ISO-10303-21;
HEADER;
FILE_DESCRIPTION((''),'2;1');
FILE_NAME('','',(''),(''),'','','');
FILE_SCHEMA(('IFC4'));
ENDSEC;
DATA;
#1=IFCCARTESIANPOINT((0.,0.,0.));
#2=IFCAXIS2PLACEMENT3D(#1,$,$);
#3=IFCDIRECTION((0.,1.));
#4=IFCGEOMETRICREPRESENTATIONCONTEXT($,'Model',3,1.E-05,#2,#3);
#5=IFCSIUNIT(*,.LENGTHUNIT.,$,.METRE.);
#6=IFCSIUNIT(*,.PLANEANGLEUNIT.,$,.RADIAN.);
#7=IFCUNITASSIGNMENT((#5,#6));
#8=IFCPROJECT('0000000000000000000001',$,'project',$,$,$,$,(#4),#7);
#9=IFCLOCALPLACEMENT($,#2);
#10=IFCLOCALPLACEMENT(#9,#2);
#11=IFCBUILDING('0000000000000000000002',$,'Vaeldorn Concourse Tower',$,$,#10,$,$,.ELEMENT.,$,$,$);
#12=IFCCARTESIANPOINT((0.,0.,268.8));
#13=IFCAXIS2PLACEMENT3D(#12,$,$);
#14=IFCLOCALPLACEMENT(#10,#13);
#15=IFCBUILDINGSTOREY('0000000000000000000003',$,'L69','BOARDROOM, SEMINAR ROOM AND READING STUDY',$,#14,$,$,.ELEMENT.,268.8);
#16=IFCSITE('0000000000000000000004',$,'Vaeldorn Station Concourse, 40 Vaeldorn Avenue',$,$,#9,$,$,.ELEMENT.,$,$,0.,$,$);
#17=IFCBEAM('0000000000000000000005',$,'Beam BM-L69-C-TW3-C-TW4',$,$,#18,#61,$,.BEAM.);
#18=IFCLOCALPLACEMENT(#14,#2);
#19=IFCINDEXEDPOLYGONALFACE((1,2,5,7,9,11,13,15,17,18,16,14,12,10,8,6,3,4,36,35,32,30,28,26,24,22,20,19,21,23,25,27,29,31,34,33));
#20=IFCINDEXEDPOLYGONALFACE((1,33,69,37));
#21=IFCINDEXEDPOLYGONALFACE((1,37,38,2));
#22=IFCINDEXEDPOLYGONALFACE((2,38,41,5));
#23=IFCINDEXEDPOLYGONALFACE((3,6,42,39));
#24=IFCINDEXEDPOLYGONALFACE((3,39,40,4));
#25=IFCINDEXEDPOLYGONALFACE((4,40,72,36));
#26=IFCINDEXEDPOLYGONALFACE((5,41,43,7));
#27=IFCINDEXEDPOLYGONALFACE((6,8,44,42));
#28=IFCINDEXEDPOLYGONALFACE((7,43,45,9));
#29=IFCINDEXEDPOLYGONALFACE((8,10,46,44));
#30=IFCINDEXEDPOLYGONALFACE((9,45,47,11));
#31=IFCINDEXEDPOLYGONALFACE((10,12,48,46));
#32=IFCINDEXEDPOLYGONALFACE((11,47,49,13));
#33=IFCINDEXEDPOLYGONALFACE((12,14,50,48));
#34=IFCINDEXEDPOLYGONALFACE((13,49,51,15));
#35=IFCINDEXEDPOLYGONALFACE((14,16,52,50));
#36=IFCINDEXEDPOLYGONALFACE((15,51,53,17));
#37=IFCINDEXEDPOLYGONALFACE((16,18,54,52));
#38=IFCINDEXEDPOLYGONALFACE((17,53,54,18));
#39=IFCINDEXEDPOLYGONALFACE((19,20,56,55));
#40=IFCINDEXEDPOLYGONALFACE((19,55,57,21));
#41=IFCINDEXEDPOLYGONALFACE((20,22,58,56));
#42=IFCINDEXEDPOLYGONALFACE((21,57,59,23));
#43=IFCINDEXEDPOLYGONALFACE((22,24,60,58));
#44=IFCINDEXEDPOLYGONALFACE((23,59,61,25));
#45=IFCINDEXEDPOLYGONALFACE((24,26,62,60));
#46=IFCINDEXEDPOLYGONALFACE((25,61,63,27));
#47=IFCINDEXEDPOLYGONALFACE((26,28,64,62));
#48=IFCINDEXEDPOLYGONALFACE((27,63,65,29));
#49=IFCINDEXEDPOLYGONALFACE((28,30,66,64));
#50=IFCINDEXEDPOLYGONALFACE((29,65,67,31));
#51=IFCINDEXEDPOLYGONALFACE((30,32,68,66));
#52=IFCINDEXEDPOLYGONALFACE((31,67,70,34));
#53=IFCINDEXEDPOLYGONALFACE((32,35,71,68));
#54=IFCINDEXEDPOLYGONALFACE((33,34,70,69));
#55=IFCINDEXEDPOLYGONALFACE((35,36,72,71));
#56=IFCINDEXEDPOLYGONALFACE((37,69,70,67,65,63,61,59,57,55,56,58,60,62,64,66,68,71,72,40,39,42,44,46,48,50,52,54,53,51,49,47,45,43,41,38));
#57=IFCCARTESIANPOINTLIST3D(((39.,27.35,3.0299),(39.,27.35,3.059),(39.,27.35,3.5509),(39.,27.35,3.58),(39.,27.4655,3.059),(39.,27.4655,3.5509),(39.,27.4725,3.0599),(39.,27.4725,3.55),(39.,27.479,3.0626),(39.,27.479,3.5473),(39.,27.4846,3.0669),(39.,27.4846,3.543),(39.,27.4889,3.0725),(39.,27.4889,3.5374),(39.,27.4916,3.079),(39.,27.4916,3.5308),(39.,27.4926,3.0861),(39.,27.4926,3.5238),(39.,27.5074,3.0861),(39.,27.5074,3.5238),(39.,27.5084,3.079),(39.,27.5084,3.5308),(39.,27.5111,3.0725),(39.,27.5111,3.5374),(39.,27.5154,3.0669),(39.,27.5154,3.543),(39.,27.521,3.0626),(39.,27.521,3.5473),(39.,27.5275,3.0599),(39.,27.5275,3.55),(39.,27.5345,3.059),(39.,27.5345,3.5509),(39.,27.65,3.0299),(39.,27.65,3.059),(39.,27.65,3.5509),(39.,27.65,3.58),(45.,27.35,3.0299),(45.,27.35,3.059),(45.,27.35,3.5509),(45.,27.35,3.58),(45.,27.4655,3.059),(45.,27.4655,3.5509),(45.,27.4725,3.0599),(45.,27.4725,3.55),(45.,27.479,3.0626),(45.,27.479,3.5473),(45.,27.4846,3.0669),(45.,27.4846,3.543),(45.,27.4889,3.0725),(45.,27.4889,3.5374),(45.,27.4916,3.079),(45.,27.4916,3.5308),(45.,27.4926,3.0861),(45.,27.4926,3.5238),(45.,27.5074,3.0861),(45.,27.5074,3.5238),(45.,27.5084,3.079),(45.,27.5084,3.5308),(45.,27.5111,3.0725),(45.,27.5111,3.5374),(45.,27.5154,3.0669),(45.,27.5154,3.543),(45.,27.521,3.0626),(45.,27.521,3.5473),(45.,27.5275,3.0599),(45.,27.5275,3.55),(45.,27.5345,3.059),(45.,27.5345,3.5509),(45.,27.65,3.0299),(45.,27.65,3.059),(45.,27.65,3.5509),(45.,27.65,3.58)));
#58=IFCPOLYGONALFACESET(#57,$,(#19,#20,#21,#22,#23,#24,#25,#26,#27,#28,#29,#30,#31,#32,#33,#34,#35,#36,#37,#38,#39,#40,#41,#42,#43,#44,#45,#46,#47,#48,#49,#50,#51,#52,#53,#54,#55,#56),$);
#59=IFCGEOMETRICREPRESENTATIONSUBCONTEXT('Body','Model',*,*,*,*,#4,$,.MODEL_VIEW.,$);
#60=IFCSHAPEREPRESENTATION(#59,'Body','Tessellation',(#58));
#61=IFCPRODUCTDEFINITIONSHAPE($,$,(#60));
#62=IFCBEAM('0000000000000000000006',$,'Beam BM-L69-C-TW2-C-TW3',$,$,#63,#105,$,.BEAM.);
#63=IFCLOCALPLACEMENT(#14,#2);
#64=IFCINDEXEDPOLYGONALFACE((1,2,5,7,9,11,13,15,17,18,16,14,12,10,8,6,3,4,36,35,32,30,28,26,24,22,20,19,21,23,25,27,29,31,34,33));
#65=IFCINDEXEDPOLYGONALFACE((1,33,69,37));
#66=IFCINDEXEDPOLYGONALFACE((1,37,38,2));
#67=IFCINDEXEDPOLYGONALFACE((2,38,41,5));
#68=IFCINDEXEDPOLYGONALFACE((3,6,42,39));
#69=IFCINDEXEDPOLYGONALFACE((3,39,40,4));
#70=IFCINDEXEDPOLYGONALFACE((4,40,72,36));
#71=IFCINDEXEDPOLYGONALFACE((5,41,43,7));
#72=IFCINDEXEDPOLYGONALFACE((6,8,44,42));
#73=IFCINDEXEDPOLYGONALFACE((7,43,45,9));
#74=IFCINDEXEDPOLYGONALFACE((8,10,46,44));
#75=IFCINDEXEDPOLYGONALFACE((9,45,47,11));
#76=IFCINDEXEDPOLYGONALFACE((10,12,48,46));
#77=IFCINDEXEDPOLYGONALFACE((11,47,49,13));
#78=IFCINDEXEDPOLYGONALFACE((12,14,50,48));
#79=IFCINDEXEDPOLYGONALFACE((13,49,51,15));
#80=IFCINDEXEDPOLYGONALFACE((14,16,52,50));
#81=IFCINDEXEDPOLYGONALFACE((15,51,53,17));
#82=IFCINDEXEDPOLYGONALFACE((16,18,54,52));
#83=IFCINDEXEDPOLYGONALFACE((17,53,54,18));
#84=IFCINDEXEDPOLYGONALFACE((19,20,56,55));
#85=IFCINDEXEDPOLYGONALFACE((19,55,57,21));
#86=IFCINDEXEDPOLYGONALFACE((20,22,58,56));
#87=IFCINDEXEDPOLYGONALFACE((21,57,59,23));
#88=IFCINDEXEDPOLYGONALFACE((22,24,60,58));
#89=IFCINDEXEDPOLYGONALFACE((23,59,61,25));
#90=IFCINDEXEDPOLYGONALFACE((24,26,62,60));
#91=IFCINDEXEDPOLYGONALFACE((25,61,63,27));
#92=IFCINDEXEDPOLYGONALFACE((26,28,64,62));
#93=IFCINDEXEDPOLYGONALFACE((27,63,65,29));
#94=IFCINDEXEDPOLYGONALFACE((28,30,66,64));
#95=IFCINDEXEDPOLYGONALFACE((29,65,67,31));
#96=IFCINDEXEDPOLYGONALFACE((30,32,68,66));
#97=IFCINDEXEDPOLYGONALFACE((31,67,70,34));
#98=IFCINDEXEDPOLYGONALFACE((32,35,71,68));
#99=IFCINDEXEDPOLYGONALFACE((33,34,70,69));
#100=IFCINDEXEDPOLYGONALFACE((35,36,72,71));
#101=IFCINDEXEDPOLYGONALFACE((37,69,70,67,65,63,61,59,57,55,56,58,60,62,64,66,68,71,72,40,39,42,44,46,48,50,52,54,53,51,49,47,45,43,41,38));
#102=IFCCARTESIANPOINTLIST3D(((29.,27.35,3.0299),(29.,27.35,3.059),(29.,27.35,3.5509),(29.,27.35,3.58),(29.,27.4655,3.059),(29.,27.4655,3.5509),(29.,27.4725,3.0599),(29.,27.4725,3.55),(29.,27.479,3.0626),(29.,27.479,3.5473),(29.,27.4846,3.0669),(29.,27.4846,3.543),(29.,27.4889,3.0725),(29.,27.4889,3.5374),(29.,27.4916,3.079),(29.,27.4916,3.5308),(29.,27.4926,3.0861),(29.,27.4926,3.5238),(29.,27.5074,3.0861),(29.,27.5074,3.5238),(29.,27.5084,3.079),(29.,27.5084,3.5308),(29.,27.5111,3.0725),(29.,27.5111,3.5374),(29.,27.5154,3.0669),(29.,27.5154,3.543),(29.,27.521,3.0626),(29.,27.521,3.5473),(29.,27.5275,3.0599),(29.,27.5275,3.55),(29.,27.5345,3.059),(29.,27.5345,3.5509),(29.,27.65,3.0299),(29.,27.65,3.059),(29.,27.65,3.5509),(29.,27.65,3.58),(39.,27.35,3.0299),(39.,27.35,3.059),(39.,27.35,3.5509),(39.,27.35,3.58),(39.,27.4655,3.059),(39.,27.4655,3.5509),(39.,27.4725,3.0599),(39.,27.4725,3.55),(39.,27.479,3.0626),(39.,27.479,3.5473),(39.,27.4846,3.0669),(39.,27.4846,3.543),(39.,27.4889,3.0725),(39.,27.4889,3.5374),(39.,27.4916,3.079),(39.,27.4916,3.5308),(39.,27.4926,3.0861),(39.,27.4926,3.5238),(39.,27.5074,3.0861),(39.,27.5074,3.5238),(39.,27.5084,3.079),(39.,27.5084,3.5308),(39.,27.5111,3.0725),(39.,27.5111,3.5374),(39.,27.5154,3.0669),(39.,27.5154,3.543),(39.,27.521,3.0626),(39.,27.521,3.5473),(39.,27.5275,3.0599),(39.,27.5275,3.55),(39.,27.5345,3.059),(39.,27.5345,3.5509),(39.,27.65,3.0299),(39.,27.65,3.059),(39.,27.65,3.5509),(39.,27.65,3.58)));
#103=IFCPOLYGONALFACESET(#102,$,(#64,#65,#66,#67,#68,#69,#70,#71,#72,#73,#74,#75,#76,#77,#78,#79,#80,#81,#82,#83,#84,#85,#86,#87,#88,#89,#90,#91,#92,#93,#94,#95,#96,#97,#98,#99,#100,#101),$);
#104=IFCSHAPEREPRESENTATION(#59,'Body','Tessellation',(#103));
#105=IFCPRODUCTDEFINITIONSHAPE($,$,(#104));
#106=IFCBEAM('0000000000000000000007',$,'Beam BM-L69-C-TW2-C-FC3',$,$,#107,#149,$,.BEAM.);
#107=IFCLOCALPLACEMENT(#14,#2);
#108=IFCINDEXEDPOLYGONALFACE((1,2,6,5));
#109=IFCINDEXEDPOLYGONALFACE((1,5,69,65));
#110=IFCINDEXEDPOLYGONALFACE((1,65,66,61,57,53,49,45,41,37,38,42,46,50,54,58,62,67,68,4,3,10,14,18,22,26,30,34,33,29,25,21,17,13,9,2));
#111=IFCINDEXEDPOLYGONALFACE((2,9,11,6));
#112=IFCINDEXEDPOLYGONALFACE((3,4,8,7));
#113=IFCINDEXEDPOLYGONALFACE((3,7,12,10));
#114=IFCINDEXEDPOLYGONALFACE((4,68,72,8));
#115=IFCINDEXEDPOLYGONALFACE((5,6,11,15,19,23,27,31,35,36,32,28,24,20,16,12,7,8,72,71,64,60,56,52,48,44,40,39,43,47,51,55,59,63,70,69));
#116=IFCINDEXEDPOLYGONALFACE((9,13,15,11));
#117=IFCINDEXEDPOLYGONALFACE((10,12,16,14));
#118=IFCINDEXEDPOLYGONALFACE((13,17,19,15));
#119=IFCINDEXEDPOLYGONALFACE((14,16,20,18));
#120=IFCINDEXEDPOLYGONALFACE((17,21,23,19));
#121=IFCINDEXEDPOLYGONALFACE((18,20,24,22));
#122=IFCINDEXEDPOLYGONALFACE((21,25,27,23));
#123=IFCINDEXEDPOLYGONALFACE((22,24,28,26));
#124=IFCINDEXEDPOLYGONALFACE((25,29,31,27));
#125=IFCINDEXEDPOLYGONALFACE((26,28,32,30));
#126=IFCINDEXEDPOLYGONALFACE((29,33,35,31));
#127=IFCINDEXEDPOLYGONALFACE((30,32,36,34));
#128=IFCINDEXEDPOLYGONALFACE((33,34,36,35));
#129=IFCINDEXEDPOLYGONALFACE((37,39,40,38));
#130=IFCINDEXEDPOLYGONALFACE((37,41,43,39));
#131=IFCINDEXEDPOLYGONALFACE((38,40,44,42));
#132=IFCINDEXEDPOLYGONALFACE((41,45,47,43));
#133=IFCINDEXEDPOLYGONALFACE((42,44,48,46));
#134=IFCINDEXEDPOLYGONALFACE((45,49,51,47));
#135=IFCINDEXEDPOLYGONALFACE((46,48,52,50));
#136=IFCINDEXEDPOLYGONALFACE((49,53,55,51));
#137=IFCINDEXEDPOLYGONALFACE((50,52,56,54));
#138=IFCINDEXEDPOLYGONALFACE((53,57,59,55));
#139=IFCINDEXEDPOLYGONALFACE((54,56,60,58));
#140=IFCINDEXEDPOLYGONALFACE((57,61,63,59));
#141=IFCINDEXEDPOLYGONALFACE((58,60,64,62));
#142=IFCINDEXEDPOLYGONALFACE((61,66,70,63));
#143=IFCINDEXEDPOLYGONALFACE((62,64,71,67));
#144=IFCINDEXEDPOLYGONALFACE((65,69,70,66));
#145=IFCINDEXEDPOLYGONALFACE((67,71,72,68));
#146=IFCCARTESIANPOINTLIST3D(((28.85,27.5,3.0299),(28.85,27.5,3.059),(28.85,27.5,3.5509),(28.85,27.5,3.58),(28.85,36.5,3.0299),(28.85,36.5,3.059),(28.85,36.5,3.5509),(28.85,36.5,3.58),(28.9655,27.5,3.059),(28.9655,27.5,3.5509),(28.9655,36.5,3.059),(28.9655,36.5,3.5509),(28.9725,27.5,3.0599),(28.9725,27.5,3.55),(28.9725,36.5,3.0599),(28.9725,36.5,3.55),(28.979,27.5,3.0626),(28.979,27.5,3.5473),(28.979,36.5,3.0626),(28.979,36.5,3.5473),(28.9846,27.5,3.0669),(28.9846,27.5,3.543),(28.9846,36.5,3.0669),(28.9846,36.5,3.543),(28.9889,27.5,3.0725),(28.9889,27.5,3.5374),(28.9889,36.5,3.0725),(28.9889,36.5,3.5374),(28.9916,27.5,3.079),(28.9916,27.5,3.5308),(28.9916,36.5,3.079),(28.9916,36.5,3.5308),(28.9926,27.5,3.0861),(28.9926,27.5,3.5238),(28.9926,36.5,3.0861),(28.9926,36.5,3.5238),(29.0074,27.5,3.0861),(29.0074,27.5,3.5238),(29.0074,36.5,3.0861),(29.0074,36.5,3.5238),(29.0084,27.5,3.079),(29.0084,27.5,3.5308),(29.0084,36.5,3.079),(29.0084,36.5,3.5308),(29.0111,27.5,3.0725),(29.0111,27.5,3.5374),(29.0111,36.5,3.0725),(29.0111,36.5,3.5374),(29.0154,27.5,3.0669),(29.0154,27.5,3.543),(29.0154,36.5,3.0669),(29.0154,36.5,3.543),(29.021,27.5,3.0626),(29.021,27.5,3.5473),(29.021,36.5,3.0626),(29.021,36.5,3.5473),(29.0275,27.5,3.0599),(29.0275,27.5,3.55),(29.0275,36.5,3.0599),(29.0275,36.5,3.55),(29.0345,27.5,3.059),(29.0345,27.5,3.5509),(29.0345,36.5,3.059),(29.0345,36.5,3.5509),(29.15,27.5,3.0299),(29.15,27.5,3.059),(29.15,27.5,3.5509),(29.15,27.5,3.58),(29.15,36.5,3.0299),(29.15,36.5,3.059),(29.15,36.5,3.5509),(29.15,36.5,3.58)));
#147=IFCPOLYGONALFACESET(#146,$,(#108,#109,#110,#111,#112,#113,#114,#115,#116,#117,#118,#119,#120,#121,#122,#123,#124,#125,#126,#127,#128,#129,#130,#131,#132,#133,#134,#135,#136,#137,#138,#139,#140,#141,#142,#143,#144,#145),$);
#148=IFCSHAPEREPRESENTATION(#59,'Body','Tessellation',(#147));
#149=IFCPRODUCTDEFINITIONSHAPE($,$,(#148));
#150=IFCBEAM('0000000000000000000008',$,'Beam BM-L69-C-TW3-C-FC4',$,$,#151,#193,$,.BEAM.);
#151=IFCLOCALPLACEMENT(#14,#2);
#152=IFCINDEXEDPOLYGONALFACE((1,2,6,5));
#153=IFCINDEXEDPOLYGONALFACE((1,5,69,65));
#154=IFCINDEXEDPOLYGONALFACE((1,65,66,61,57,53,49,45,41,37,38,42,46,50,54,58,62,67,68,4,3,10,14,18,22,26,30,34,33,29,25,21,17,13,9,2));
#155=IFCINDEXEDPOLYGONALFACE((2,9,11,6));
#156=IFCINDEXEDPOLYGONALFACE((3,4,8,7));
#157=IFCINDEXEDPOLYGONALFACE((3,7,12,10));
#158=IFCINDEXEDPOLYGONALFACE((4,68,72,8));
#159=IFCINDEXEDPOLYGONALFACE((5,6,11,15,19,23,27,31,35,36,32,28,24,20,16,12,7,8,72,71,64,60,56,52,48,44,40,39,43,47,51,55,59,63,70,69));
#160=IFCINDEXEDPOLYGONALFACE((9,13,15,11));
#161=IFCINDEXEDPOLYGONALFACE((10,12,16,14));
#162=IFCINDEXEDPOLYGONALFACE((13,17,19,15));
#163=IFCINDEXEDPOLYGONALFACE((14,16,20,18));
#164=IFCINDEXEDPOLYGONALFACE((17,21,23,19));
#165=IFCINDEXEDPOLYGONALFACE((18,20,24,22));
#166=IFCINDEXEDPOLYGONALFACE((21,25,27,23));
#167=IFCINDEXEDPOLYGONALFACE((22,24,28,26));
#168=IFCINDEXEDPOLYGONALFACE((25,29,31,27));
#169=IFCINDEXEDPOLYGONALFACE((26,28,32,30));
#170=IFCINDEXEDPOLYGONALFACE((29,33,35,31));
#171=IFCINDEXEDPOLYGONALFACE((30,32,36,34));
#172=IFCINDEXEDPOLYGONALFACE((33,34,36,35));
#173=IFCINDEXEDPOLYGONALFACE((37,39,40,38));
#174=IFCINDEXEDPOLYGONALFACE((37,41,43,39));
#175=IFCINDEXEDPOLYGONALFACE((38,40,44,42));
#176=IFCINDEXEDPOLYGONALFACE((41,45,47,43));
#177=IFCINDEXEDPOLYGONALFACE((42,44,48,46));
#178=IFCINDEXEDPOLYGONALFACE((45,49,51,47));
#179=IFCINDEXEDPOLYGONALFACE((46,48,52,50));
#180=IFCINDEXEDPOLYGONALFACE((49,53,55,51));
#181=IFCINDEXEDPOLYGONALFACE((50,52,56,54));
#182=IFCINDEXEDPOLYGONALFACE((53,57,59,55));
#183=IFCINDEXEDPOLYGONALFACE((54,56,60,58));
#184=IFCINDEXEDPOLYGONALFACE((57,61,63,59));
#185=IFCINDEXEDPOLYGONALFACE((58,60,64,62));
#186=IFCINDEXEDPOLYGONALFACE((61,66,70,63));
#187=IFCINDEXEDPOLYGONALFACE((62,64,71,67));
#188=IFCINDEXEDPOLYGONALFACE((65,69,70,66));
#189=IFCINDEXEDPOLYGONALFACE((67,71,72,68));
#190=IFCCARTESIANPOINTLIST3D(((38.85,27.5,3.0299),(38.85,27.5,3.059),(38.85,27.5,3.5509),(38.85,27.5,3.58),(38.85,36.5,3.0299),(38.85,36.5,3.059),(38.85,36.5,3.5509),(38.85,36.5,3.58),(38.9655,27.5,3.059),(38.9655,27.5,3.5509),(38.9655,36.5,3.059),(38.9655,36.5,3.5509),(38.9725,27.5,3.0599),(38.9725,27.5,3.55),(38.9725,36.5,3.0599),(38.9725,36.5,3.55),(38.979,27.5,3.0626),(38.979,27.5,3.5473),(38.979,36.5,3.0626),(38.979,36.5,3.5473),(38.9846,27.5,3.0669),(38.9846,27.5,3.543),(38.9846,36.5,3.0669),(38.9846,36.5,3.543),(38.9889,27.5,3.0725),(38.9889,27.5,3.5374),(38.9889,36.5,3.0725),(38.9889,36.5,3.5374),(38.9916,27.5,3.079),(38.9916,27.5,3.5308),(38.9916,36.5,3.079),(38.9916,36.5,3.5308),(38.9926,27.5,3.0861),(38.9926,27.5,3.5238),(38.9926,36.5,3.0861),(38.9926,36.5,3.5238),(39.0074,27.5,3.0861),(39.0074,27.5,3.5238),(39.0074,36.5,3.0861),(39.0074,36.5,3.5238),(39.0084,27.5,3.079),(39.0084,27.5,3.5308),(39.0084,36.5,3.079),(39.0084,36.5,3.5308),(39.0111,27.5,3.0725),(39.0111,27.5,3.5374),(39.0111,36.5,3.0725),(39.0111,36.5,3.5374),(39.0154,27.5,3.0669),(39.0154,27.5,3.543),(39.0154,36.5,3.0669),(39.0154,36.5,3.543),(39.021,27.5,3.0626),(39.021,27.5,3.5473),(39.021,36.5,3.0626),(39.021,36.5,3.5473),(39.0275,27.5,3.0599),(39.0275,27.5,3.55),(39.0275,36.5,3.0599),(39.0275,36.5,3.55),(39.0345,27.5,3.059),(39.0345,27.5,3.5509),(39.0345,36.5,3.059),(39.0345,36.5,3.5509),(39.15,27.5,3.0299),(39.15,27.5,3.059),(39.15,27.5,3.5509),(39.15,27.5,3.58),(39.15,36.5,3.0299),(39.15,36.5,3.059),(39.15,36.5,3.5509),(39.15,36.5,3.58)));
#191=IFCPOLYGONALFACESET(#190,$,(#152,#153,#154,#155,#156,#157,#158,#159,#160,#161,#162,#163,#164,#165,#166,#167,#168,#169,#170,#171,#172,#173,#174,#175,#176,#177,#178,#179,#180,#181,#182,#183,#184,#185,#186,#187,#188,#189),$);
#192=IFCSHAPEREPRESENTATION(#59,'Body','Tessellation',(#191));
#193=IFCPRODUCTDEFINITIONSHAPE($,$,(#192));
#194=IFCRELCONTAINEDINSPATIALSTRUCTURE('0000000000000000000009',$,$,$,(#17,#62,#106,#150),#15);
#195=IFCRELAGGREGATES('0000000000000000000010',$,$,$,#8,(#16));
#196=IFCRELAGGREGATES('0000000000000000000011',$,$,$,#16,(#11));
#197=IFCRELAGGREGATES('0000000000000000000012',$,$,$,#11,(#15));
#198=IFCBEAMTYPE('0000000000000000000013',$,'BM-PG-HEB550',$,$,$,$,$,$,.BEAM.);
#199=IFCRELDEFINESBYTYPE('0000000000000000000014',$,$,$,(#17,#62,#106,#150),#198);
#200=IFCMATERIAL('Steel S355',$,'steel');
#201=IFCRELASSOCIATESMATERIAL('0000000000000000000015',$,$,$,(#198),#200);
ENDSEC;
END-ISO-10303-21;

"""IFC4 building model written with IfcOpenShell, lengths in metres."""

from ifc_helpers import new_model, si_unit, direction, frame, origin, origin_2d, place, context, subcontext, project, spatial, i_section, extrude, source, transform, mapped, material, material_profile, profile_set, type_object, element, save


model = new_model("IFC4")

# Units and contexts
model_context = context("Model", 3, precision=1e-05, world=origin(), true_north=direction((0.0, 1.0)))
body_context = subcontext(model_context, "Body", "Model", "MODEL_VIEW")
ifc_project = project(units=[si_unit("LENGTHUNIT", "METRE"), si_unit("PLANEANGLEUNIT", "RADIAN")], contexts=[model_context])

# Site, building, storey
site_placement = place(None, origin())
site = spatial("IfcSite", under=ifc_project, at=site_placement, Name="Vaeldorn Station Concourse, 40 Vaeldorn Avenue", CompositionType="ELEMENT", RefElevation=0.0)
building_placement = place(site_placement, origin())
building = spatial("IfcBuilding", under=site, at=building_placement, Name="Vaeldorn Concourse Tower", CompositionType="ELEMENT")
storey_placement = place(building_placement, frame((0.0, 0.0, 268.8)))
storey = spatial("IfcBuildingStorey", under=building, at=storey_placement, Name="L69", Description="BOARDROOM, SEMINAR ROOM AND READING STUDY", CompositionType="ELEMENT", Elevation=268.8)

# Shared definitions
ifc_material = material(Name="Steel S355", Category="steel")

# Beams
ifc_material_profile_1 = material_profile(ifc_material, i_section(OverallWidth=0.3, OverallDepth=0.55, WebThickness=0.0149, FlangeThickness=0.0291, FilletRadius=0.0271, at=origin_2d()), Name="HEB 550")
ifc_profile_set_1 = profile_set([ifc_material_profile_1], Name="Steel S355")
beam_type_1 = type_object("IfcBeamType", Name="BM-PG-HEB550", PredefinedType="BEAM", material=ifc_profile_set_1)
shared_shape_1 = source(origin(), body_context, "Body", "SweptSolid", [
    extrude(i_section(OverallWidth=0.3, OverallDepth=0.55, WebThickness=0.0149, FlangeThickness=0.0291, FilletRadius=0.0271, at=origin_2d()), origin(), (0.0, 0.0, 1.0), 6.0),
])
beam_1_placement = place(storey_placement, frame((39.0, 27.5, 3.3049), z_axis=(1.0, 0.0, 0.0), x_axis=(0.0, 1.0, 0.0)))
element("IfcBeam", 1, at=beam_1_placement, inside=storey, type_object=beam_type_1, Name="Beam BM-L69-C-TW3-C-TW4", PredefinedType="BEAM", context=body_context, shape_type="MappedRepresentation", body=[
    mapped(shared_shape_1, transform((0.0, 0.0, 0.0), scale=1.0)),
])
shared_shape_2 = source(origin(), body_context, "Body", "SweptSolid", [
    extrude(i_section(OverallWidth=0.3, OverallDepth=0.55, WebThickness=0.0149, FlangeThickness=0.0291, FilletRadius=0.0271, at=origin_2d()), origin(), (0.0, 0.0, 1.0), 10.0),
])
beam_2_placement = place(storey_placement, frame((29.0, 27.5, 3.3049), z_axis=(1.0, 0.0, 0.0), x_axis=(0.0, 1.0, 0.0)))
element("IfcBeam", 2, at=beam_2_placement, inside=storey, type_object=beam_type_1, Name="Beam BM-L69-C-TW2-C-TW3", PredefinedType="BEAM", context=body_context, shape_type="MappedRepresentation", body=[
    mapped(shared_shape_2, transform((0.0, 0.0, 0.0), scale=1.0)),
])
shared_shape_3 = source(origin(), body_context, "Body", "SweptSolid", [
    extrude(i_section(OverallWidth=0.3, OverallDepth=0.55, WebThickness=0.0149, FlangeThickness=0.0291, FilletRadius=0.0271, at=origin_2d()), origin(), (0.0, 0.0, 1.0), 9.0),
])
for number, where, z_axis, x_axis, name in (
    (3, (29.0, 27.5, 3.3049), (0.0, 1.0, 0.0), (-1.0, 0.0, 0.0), "Beam BM-L69-C-TW2-C-FC3"),
    (4, (39.0, 27.5, 3.3049), (0.0, 1.0, 0.0), (-1.0, 0.0, 0.0), "Beam BM-L69-C-TW3-C-FC4"),
):
    element("IfcBeam", number, at=place(storey_placement, frame(where, z_axis=z_axis, x_axis=x_axis)), inside=storey, type_object=beam_type_1, Name=name, PredefinedType="BEAM", context=body_context, shape_type="MappedRepresentation", body=[
        mapped(shared_shape_3, transform((0.0, 0.0, 0.0), scale=1.0)),
    ])

save(model, "model.ifc")
